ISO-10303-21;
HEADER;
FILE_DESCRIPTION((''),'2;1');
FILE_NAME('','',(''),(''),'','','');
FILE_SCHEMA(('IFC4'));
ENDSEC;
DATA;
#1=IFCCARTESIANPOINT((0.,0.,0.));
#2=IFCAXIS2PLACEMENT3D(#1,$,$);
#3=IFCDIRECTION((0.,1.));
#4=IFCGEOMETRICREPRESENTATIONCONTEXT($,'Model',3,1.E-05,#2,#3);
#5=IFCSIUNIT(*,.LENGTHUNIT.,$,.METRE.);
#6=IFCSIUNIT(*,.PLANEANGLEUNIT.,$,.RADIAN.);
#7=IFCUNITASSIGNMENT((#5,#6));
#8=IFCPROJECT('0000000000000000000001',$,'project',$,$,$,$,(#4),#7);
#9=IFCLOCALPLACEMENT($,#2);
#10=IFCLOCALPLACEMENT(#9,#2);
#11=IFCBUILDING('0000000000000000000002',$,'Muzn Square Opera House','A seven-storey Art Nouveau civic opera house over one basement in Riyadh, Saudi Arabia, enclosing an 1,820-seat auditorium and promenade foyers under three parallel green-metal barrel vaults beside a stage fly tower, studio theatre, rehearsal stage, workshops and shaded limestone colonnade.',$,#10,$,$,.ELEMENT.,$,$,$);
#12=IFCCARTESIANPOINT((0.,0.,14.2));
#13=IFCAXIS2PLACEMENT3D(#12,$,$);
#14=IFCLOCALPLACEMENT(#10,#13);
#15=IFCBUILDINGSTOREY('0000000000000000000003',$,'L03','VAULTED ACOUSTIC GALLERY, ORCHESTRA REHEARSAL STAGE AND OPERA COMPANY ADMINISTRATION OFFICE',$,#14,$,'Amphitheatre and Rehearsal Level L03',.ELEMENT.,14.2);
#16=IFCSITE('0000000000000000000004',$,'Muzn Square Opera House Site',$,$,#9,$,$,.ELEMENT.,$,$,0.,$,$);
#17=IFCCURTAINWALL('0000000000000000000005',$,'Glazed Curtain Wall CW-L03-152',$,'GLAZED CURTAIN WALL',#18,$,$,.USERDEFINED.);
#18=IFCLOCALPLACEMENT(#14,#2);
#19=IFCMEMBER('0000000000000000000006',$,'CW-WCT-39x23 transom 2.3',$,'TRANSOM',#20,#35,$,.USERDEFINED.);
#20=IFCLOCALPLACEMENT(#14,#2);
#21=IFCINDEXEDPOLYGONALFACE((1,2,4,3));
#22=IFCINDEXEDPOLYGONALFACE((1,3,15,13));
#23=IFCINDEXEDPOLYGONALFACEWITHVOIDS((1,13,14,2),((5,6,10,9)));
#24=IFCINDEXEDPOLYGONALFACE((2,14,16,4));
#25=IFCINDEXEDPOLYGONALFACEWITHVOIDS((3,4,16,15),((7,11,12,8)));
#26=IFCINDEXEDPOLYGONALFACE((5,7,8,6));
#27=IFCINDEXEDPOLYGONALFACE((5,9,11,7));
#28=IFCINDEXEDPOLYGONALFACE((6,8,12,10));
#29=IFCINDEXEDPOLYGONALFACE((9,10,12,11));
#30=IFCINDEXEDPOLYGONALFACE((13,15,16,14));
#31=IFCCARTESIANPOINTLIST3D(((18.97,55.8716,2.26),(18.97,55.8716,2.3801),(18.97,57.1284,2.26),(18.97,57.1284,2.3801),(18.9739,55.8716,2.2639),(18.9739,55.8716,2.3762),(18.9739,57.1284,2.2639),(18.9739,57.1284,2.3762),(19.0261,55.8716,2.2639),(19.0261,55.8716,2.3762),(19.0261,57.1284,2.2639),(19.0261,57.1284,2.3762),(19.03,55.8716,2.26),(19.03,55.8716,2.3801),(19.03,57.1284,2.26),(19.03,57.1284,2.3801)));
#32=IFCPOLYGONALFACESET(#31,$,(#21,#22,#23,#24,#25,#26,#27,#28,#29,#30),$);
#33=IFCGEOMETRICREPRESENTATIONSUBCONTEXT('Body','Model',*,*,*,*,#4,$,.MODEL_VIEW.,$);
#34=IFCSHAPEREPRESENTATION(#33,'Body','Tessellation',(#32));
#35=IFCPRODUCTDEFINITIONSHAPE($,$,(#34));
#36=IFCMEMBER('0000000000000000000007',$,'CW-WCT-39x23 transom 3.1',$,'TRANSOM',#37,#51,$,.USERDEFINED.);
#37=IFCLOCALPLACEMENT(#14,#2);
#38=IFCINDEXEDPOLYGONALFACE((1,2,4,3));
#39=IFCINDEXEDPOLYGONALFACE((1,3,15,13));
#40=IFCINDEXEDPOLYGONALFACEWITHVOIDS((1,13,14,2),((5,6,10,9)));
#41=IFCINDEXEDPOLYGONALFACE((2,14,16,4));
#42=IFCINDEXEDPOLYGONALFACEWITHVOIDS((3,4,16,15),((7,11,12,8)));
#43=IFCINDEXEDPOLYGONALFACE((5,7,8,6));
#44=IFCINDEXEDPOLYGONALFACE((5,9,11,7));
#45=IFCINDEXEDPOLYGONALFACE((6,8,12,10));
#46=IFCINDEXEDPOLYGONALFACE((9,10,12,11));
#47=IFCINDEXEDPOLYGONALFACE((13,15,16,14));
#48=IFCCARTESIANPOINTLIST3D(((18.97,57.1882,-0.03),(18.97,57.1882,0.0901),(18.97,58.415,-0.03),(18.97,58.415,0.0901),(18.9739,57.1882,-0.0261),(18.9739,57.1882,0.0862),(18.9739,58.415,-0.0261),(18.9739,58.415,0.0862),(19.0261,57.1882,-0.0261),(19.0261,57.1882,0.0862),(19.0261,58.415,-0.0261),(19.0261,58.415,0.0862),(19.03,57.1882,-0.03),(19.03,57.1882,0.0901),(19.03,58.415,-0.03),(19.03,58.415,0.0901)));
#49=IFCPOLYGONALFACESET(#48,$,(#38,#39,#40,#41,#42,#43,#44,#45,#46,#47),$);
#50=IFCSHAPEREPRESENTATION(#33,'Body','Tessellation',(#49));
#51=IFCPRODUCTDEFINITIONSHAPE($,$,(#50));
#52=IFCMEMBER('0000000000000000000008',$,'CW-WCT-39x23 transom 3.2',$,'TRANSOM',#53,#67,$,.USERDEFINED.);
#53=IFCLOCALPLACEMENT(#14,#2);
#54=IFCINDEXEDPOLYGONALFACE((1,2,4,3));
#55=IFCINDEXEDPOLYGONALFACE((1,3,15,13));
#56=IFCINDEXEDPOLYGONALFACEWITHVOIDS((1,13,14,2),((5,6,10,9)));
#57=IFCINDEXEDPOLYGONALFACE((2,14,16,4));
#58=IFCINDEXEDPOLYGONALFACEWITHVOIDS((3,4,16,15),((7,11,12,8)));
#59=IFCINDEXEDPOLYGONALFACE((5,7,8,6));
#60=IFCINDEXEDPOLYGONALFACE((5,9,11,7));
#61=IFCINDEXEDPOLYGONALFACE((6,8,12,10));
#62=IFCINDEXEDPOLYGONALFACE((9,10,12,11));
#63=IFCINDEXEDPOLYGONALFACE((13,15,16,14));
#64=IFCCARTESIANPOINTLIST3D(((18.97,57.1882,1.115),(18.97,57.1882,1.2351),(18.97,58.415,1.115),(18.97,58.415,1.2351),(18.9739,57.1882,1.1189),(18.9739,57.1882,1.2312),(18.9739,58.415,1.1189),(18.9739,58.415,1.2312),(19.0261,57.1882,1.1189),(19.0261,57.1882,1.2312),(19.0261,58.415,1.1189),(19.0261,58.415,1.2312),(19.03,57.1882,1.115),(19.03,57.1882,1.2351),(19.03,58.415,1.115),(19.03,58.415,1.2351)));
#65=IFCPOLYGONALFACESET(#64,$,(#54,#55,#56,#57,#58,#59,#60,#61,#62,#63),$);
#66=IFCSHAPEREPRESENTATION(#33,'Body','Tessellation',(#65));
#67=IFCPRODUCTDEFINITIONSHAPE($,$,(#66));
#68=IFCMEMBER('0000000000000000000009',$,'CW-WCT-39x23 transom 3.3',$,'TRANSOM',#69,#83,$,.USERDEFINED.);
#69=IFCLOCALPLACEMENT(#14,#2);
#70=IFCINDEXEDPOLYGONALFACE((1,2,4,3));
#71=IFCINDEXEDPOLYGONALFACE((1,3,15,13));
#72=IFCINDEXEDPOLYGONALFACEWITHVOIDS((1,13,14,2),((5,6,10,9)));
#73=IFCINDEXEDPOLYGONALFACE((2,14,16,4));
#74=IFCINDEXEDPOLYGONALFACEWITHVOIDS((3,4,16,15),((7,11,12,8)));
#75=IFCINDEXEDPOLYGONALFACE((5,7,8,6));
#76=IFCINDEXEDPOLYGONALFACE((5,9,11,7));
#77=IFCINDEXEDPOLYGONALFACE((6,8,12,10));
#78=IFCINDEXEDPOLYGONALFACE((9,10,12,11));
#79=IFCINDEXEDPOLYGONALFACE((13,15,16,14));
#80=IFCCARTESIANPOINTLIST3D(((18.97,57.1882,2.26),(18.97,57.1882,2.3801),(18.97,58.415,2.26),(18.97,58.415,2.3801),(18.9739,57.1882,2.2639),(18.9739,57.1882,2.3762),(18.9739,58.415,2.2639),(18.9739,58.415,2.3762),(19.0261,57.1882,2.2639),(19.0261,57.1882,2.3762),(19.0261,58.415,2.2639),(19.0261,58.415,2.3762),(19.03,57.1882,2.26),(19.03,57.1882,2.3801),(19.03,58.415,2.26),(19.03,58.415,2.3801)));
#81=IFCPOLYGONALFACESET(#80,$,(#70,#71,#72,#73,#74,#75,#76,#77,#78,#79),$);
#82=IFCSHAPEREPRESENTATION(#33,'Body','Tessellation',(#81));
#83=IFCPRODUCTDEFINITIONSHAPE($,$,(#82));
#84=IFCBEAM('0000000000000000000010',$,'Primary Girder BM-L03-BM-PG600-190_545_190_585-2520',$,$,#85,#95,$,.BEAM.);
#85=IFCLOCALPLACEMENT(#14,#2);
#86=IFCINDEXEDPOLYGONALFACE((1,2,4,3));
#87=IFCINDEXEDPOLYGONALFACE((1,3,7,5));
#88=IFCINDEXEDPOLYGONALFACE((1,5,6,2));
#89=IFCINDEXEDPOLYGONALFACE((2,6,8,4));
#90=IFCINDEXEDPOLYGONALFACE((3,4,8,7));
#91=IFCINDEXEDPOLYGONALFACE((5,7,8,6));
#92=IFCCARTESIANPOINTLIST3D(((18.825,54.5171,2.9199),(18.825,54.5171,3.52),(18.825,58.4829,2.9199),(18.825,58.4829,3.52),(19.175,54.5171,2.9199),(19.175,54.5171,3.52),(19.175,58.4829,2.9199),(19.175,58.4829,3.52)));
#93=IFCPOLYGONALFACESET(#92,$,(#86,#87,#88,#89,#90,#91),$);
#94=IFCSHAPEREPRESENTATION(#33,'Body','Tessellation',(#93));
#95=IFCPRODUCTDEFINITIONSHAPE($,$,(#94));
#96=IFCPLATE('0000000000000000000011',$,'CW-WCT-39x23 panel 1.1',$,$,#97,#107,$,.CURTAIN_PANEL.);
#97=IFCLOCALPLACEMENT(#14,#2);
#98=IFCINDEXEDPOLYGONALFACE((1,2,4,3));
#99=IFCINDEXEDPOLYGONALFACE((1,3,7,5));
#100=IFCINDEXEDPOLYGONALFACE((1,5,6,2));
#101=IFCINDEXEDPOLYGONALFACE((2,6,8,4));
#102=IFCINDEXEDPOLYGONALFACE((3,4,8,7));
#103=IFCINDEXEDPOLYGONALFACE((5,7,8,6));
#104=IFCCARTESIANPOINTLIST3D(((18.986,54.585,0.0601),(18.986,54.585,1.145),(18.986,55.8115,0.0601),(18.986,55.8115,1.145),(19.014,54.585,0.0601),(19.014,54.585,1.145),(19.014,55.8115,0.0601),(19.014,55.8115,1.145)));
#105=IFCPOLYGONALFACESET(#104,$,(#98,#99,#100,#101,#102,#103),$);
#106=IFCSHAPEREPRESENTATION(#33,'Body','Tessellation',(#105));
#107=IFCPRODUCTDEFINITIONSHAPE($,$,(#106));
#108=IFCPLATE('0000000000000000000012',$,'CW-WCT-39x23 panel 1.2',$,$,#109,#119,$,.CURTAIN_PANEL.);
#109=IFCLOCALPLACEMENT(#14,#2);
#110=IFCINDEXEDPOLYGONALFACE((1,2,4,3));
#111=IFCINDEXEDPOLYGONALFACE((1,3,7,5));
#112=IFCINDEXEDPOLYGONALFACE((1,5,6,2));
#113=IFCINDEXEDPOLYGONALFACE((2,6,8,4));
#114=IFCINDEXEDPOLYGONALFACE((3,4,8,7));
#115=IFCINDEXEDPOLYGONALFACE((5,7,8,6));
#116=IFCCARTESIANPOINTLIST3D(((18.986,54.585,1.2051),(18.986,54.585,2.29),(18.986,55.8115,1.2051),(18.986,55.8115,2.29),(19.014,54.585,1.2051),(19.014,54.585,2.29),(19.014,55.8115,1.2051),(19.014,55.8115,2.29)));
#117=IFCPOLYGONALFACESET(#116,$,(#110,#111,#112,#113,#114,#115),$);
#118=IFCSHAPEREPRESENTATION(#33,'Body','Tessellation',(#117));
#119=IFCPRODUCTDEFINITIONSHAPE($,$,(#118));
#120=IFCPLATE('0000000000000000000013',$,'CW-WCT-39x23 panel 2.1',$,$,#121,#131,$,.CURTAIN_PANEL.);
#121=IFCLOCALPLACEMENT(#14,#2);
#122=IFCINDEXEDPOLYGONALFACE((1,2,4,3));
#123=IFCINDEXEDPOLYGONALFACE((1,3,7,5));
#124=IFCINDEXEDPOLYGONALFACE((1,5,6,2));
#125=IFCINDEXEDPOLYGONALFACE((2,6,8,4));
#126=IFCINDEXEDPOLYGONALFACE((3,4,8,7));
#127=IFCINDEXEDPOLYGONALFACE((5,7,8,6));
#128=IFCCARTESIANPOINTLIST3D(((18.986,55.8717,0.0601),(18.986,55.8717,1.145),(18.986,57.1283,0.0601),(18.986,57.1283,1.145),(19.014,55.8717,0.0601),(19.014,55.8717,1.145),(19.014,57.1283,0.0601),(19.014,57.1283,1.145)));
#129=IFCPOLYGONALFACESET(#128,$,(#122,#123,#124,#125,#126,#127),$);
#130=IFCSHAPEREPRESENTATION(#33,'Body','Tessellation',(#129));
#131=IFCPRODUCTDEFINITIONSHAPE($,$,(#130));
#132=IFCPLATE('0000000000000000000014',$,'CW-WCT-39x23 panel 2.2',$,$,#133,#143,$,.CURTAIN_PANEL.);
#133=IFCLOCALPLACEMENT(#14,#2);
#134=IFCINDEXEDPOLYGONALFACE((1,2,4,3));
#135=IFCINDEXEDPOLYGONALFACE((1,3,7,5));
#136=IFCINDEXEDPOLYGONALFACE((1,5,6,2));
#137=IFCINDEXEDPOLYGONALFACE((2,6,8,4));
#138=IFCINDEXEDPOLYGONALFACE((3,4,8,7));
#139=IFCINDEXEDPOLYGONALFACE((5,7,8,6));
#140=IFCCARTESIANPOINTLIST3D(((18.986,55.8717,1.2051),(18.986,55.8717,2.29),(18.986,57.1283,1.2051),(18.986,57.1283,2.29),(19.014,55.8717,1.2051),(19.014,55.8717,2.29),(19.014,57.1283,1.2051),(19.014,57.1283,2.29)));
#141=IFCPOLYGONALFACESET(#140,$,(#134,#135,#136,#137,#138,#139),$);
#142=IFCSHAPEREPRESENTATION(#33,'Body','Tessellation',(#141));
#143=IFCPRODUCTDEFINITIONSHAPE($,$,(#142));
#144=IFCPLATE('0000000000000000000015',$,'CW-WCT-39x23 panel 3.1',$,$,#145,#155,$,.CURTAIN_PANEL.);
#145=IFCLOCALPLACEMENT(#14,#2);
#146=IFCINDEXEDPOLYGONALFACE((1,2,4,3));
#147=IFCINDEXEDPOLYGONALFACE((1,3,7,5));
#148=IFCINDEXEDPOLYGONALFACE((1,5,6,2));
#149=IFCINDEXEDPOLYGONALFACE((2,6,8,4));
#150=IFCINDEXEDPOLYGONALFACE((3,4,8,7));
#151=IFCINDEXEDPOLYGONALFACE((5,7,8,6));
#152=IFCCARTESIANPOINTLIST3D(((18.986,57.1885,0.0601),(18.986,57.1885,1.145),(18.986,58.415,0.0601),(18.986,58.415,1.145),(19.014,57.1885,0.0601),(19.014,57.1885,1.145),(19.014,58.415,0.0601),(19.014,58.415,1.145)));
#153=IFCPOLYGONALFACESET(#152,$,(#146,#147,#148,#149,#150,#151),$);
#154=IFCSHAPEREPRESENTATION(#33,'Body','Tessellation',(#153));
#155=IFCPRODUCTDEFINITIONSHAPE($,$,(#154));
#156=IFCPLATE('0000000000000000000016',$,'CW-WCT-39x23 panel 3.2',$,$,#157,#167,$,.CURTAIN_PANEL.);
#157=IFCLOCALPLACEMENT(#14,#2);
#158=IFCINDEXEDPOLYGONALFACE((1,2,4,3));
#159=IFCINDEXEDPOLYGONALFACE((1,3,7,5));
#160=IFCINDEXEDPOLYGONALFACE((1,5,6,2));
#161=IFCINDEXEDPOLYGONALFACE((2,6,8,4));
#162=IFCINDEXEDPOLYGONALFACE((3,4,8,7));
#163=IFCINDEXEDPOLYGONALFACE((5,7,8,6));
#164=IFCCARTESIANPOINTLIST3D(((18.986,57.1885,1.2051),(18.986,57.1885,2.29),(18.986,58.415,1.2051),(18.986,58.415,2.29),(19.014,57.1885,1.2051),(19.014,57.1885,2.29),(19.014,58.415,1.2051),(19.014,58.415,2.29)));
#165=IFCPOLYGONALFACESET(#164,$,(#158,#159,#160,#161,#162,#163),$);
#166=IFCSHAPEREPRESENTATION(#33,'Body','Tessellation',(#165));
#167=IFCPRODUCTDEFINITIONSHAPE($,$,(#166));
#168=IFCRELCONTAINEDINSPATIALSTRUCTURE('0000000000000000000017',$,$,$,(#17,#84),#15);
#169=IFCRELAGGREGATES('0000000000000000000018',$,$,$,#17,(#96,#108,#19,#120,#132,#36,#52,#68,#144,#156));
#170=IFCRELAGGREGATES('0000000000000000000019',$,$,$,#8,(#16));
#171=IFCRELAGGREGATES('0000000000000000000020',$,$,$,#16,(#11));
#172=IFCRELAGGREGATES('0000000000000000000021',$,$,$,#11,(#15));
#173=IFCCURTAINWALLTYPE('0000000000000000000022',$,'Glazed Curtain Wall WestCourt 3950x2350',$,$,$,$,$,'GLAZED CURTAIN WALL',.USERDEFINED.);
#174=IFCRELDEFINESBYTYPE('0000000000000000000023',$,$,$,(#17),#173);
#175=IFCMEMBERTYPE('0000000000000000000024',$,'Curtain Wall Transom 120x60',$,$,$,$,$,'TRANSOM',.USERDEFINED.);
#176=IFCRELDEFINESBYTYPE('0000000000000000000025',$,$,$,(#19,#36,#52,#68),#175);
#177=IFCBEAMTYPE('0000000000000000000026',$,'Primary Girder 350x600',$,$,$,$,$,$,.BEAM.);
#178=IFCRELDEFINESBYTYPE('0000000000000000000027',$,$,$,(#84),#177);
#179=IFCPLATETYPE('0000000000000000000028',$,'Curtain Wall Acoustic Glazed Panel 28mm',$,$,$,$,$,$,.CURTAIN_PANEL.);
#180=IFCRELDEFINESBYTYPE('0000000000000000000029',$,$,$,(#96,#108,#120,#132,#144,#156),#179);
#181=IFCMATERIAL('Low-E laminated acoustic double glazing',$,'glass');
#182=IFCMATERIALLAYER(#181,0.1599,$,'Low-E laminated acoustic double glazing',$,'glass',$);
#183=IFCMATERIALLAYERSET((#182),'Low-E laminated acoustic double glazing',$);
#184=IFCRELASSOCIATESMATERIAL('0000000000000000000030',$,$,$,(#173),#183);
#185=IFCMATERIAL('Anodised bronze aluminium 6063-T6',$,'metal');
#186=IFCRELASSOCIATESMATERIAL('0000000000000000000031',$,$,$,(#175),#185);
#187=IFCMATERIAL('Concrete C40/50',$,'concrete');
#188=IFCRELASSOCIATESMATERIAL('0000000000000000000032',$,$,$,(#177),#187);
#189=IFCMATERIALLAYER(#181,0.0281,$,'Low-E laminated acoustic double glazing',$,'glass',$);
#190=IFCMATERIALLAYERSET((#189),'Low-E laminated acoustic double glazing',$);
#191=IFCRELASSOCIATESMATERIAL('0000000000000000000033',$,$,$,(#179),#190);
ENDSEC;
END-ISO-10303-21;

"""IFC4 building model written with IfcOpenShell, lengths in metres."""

from ifc_helpers import new_model, si_unit, direction, frame, origin, origin_2d, place, context, subcontext, project, spatial, rectangle, hollow_rectangle, extrude, material, layer, layer_set, material_profile, profile_set, type_object, element, aggregate, save


model = new_model("IFC4")

# Units and contexts
model_context = context("Model", 3, precision=1e-05, world=origin(), true_north=direction((0.0, 1.0)))
body_context = subcontext(model_context, "Body", "Model", "MODEL_VIEW")
ifc_project = project(units=[si_unit("LENGTHUNIT", "METRE"), si_unit("PLANEANGLEUNIT", "RADIAN")], contexts=[model_context])

# Site, building, storey
site_placement = place(None, origin())
site = spatial("IfcSite", under=ifc_project, at=site_placement, Name="Muzn Square Opera House Site", CompositionType="ELEMENT", RefElevation=0.0)
building_placement = place(site_placement, origin())
building = spatial("IfcBuilding", under=site, at=building_placement, Name="Muzn Square Opera House", Description="A seven-storey Art Nouveau civic opera house over one basement in Riyadh, Saudi Arabia, enclosing an 1,820-seat auditorium and promenade foyers under three parallel green-metal barrel vaults beside a stage fly tower, studio theatre, rehearsal stage, workshops and shaded limestone colonnade.", CompositionType="ELEMENT")
storey_placement = place(building_placement, frame((0.0, 0.0, 14.2)))
storey = spatial("IfcBuildingStorey", under=building, at=storey_placement, Name="L03", Description="VAULTED ACOUSTIC GALLERY, ORCHESTRA REHEARSAL STAGE AND OPERA COMPANY ADMINISTRATION OFFICE", LongName="Amphitheatre and Rehearsal Level L03", CompositionType="ELEMENT", Elevation=14.2)

# Curtain wall, members
ifc_material_1 = material(Name="Low-E laminated acoustic double glazing", Category="glass")
ifc_layer_1 = layer(ifc_material_1, 0.1599, Name="Low-E laminated acoustic double glazing", Category="glass")
ifc_layer_set_1 = layer_set([ifc_layer_1], Name="Low-E laminated acoustic double glazing")
curtain_wall_type = type_object("IfcCurtainWallType", Name="Glazed Curtain Wall WestCourt 3950x2350", ElementType="GLAZED CURTAIN WALL", PredefinedType="USERDEFINED", material=ifc_layer_set_1)
curtain_wall_placement = place(storey_placement, origin())
curtain_wall = element("IfcCurtainWall", 1, at=curtain_wall_placement, inside=storey, type_object=curtain_wall_type, Name="Glazed Curtain Wall CW-L03-152", ObjectType="GLAZED CURTAIN WALL", PredefinedType="USERDEFINED")
ifc_material_2 = material(Name="Anodised bronze aluminium 6063-T6", Category="metal")
ifc_material_profile_1 = material_profile(ifc_material_2, hollow_rectangle(XDim=0.0601, YDim=0.1201, WallThickness=0.0039, at=origin_2d()), Name="ALU 120x60x4", Category="metal")
ifc_profile_set_1 = profile_set([ifc_material_profile_1], Name="Anodised bronze aluminium 6063-T6")
member_type_1 = type_object("IfcMemberType", Name="Curtain Wall Transom 120x60", ElementType="TRANSOM", PredefinedType="USERDEFINED", material=ifc_profile_set_1)
member_1_placement = place(storey_placement, frame((19.0, 55.8716, 2.3201), z_axis=(0.0, 1.0, 0.0), x_axis=(-1.0, 0.0, 0.0)))
member_1 = element("IfcMember", 2, at=member_1_placement, type_object=member_type_1, Name="CW-WCT-39x23 transom 2.3", ObjectType="TRANSOM", PredefinedType="USERDEFINED", context=body_context, shape_type="SweptSolid", body=[
    extrude(hollow_rectangle(XDim=0.0601, YDim=0.1201, WallThickness=0.0039, at=origin_2d()), origin(), (0.0, 0.0, 1.0), 1.2568),
])
member_2_placement = place(storey_placement, frame((19.0, 57.1882, 0.03), z_axis=(0.0, 1.0, 0.0), x_axis=(-1.0, 0.0, 0.0)))
member_2 = element("IfcMember", 3, at=member_2_placement, type_object=member_type_1, Name="CW-WCT-39x23 transom 3.1", ObjectType="TRANSOM", PredefinedType="USERDEFINED", context=body_context, shape_type="SweptSolid", body=[
    extrude(hollow_rectangle(XDim=0.0601, YDim=0.1201, WallThickness=0.0039, at=origin_2d()), origin(), (0.0, 0.0, 1.0), 1.2268),
])
member_3_placement = place(storey_placement, frame((19.0, 57.1882, 1.175), z_axis=(0.0, 1.0, 0.0), x_axis=(-1.0, 0.0, 0.0)))
member_3 = element("IfcMember", 4, at=member_3_placement, type_object=member_type_1, Name="CW-WCT-39x23 transom 3.2", ObjectType="TRANSOM", PredefinedType="USERDEFINED", context=body_context, shape_type="SweptSolid", body=[
    extrude(hollow_rectangle(XDim=0.0601, YDim=0.1201, WallThickness=0.0039, at=origin_2d()), origin(), (0.0, 0.0, 1.0), 1.2268),
])
member_4_placement = place(storey_placement, frame((19.0, 57.1882, 2.3201), z_axis=(0.0, 1.0, 0.0), x_axis=(-1.0, 0.0, 0.0)))
member_4 = element("IfcMember", 5, at=member_4_placement, type_object=member_type_1, Name="CW-WCT-39x23 transom 3.3", ObjectType="TRANSOM", PredefinedType="USERDEFINED", context=body_context, shape_type="SweptSolid", body=[
    extrude(hollow_rectangle(XDim=0.0601, YDim=0.1201, WallThickness=0.0039, at=origin_2d()), origin(), (0.0, 0.0, 1.0), 1.2268),
])

# Beam
ifc_material_3 = material(Name="Concrete C40/50", Category="concrete")
ifc_material_profile_2 = material_profile(ifc_material_3, rectangle(XDim=0.3501, YDim=0.6001, at=origin_2d()), Name="RCB 350x600", Category="concrete")
ifc_profile_set_2 = profile_set([ifc_material_profile_2], Name="Concrete C40/50")
beam_type = type_object("IfcBeamType", Name="Primary Girder 350x600", PredefinedType="BEAM", material=ifc_profile_set_2)
beam_placement = place(storey_placement, frame((19.0, 54.5171, 3.22), z_axis=(0.0, 1.0, 0.0), x_axis=(-1.0, 0.0, 0.0)))
element("IfcBeam", 6, at=beam_placement, inside=storey, type_object=beam_type, Name="Primary Girder BM-L03-BM-PG600-190_545_190_585-2520", PredefinedType="BEAM", context=body_context, shape_type="SweptSolid", body=[
    extrude(rectangle(XDim=0.3501, YDim=0.6001, at=origin_2d()), origin(), (0.0, 0.0, 1.0), 3.9658),
])

# Plates
ifc_layer_2 = layer(ifc_material_1, 0.0281, Name="Low-E laminated acoustic double glazing", Category="glass")
ifc_layer_set_2 = layer_set([ifc_layer_2], Name="Low-E laminated acoustic double glazing")
plate_type = type_object("IfcPlateType", Name="Curtain Wall Acoustic Glazed Panel 28mm", PredefinedType="CURTAIN_PANEL", material=ifc_layer_set_2)
plate_1_placement = place(storey_placement, frame((19.0, 55.1982, 0.0601), z_axis=(0.0, 0.0, 1.0), x_axis=(0.0, 1.0, 0.0)))
plate_1 = element("IfcPlate", 7, at=plate_1_placement, type_object=plate_type, Name="CW-WCT-39x23 panel 1.1", PredefinedType="CURTAIN_PANEL", context=body_context, shape_type="SweptSolid", body=[
    extrude(rectangle(XDim=1.2266, YDim=0.0281, at=origin_2d()), origin(), (0.0, 0.0, 1.0), 1.085),
])
plate_2_placement = place(storey_placement, frame((19.0, 55.1982, 1.2051), z_axis=(0.0, 0.0, 1.0), x_axis=(0.0, 1.0, 0.0)))
plate_2 = element("IfcPlate", 8, at=plate_2_placement, type_object=plate_type, Name="CW-WCT-39x23 panel 1.2", PredefinedType="CURTAIN_PANEL", context=body_context, shape_type="SweptSolid", body=[
    extrude(rectangle(XDim=1.2266, YDim=0.0281, at=origin_2d()), origin(), (0.0, 0.0, 1.0), 1.085),
])
plate_3_placement = place(storey_placement, frame((19.0, 56.5, 0.0601), z_axis=(0.0, 0.0, 1.0), x_axis=(0.0, 1.0, 0.0)))
plate_3 = element("IfcPlate", 9, at=plate_3_placement, type_object=plate_type, Name="CW-WCT-39x23 panel 2.1", PredefinedType="CURTAIN_PANEL", context=body_context, shape_type="SweptSolid", body=[
    extrude(rectangle(XDim=1.2566, YDim=0.0281, at=origin_2d()), origin(), (0.0, 0.0, 1.0), 1.085),
])
plate_4_placement = place(storey_placement, frame((19.0, 56.5, 1.2051), z_axis=(0.0, 0.0, 1.0), x_axis=(0.0, 1.0, 0.0)))
plate_4 = element("IfcPlate", 10, at=plate_4_placement, type_object=plate_type, Name="CW-WCT-39x23 panel 2.2", PredefinedType="CURTAIN_PANEL", context=body_context, shape_type="SweptSolid", body=[
    extrude(rectangle(XDim=1.2566, YDim=0.0281, at=origin_2d()), origin(), (0.0, 0.0, 1.0), 1.085),
])
plate_5_placement = place(storey_placement, frame((19.0, 57.8018, 0.0601), z_axis=(0.0, 0.0, 1.0), x_axis=(0.0, 1.0, 0.0)))
plate_5 = element("IfcPlate", 11, at=plate_5_placement, type_object=plate_type, Name="CW-WCT-39x23 panel 3.1", PredefinedType="CURTAIN_PANEL", context=body_context, shape_type="SweptSolid", body=[
    extrude(rectangle(XDim=1.2266, YDim=0.0281, at=origin_2d()), origin(), (0.0, 0.0, 1.0), 1.085),
])
plate_6_placement = place(storey_placement, frame((19.0, 57.8018, 1.2051), z_axis=(0.0, 0.0, 1.0), x_axis=(0.0, 1.0, 0.0)))
plate_6 = element("IfcPlate", 12, at=plate_6_placement, type_object=plate_type, Name="CW-WCT-39x23 panel 3.2", PredefinedType="CURTAIN_PANEL", context=body_context, shape_type="SweptSolid", body=[
    extrude(rectangle(XDim=1.2266, YDim=0.0281, at=origin_2d()), origin(), (0.0, 0.0, 1.0), 1.085),
])
aggregate(curtain_wall, [plate_1, plate_2, member_1, plate_3, plate_4, member_2, member_3, member_4, plate_5, plate_6])

save(model, "model.ifc")
